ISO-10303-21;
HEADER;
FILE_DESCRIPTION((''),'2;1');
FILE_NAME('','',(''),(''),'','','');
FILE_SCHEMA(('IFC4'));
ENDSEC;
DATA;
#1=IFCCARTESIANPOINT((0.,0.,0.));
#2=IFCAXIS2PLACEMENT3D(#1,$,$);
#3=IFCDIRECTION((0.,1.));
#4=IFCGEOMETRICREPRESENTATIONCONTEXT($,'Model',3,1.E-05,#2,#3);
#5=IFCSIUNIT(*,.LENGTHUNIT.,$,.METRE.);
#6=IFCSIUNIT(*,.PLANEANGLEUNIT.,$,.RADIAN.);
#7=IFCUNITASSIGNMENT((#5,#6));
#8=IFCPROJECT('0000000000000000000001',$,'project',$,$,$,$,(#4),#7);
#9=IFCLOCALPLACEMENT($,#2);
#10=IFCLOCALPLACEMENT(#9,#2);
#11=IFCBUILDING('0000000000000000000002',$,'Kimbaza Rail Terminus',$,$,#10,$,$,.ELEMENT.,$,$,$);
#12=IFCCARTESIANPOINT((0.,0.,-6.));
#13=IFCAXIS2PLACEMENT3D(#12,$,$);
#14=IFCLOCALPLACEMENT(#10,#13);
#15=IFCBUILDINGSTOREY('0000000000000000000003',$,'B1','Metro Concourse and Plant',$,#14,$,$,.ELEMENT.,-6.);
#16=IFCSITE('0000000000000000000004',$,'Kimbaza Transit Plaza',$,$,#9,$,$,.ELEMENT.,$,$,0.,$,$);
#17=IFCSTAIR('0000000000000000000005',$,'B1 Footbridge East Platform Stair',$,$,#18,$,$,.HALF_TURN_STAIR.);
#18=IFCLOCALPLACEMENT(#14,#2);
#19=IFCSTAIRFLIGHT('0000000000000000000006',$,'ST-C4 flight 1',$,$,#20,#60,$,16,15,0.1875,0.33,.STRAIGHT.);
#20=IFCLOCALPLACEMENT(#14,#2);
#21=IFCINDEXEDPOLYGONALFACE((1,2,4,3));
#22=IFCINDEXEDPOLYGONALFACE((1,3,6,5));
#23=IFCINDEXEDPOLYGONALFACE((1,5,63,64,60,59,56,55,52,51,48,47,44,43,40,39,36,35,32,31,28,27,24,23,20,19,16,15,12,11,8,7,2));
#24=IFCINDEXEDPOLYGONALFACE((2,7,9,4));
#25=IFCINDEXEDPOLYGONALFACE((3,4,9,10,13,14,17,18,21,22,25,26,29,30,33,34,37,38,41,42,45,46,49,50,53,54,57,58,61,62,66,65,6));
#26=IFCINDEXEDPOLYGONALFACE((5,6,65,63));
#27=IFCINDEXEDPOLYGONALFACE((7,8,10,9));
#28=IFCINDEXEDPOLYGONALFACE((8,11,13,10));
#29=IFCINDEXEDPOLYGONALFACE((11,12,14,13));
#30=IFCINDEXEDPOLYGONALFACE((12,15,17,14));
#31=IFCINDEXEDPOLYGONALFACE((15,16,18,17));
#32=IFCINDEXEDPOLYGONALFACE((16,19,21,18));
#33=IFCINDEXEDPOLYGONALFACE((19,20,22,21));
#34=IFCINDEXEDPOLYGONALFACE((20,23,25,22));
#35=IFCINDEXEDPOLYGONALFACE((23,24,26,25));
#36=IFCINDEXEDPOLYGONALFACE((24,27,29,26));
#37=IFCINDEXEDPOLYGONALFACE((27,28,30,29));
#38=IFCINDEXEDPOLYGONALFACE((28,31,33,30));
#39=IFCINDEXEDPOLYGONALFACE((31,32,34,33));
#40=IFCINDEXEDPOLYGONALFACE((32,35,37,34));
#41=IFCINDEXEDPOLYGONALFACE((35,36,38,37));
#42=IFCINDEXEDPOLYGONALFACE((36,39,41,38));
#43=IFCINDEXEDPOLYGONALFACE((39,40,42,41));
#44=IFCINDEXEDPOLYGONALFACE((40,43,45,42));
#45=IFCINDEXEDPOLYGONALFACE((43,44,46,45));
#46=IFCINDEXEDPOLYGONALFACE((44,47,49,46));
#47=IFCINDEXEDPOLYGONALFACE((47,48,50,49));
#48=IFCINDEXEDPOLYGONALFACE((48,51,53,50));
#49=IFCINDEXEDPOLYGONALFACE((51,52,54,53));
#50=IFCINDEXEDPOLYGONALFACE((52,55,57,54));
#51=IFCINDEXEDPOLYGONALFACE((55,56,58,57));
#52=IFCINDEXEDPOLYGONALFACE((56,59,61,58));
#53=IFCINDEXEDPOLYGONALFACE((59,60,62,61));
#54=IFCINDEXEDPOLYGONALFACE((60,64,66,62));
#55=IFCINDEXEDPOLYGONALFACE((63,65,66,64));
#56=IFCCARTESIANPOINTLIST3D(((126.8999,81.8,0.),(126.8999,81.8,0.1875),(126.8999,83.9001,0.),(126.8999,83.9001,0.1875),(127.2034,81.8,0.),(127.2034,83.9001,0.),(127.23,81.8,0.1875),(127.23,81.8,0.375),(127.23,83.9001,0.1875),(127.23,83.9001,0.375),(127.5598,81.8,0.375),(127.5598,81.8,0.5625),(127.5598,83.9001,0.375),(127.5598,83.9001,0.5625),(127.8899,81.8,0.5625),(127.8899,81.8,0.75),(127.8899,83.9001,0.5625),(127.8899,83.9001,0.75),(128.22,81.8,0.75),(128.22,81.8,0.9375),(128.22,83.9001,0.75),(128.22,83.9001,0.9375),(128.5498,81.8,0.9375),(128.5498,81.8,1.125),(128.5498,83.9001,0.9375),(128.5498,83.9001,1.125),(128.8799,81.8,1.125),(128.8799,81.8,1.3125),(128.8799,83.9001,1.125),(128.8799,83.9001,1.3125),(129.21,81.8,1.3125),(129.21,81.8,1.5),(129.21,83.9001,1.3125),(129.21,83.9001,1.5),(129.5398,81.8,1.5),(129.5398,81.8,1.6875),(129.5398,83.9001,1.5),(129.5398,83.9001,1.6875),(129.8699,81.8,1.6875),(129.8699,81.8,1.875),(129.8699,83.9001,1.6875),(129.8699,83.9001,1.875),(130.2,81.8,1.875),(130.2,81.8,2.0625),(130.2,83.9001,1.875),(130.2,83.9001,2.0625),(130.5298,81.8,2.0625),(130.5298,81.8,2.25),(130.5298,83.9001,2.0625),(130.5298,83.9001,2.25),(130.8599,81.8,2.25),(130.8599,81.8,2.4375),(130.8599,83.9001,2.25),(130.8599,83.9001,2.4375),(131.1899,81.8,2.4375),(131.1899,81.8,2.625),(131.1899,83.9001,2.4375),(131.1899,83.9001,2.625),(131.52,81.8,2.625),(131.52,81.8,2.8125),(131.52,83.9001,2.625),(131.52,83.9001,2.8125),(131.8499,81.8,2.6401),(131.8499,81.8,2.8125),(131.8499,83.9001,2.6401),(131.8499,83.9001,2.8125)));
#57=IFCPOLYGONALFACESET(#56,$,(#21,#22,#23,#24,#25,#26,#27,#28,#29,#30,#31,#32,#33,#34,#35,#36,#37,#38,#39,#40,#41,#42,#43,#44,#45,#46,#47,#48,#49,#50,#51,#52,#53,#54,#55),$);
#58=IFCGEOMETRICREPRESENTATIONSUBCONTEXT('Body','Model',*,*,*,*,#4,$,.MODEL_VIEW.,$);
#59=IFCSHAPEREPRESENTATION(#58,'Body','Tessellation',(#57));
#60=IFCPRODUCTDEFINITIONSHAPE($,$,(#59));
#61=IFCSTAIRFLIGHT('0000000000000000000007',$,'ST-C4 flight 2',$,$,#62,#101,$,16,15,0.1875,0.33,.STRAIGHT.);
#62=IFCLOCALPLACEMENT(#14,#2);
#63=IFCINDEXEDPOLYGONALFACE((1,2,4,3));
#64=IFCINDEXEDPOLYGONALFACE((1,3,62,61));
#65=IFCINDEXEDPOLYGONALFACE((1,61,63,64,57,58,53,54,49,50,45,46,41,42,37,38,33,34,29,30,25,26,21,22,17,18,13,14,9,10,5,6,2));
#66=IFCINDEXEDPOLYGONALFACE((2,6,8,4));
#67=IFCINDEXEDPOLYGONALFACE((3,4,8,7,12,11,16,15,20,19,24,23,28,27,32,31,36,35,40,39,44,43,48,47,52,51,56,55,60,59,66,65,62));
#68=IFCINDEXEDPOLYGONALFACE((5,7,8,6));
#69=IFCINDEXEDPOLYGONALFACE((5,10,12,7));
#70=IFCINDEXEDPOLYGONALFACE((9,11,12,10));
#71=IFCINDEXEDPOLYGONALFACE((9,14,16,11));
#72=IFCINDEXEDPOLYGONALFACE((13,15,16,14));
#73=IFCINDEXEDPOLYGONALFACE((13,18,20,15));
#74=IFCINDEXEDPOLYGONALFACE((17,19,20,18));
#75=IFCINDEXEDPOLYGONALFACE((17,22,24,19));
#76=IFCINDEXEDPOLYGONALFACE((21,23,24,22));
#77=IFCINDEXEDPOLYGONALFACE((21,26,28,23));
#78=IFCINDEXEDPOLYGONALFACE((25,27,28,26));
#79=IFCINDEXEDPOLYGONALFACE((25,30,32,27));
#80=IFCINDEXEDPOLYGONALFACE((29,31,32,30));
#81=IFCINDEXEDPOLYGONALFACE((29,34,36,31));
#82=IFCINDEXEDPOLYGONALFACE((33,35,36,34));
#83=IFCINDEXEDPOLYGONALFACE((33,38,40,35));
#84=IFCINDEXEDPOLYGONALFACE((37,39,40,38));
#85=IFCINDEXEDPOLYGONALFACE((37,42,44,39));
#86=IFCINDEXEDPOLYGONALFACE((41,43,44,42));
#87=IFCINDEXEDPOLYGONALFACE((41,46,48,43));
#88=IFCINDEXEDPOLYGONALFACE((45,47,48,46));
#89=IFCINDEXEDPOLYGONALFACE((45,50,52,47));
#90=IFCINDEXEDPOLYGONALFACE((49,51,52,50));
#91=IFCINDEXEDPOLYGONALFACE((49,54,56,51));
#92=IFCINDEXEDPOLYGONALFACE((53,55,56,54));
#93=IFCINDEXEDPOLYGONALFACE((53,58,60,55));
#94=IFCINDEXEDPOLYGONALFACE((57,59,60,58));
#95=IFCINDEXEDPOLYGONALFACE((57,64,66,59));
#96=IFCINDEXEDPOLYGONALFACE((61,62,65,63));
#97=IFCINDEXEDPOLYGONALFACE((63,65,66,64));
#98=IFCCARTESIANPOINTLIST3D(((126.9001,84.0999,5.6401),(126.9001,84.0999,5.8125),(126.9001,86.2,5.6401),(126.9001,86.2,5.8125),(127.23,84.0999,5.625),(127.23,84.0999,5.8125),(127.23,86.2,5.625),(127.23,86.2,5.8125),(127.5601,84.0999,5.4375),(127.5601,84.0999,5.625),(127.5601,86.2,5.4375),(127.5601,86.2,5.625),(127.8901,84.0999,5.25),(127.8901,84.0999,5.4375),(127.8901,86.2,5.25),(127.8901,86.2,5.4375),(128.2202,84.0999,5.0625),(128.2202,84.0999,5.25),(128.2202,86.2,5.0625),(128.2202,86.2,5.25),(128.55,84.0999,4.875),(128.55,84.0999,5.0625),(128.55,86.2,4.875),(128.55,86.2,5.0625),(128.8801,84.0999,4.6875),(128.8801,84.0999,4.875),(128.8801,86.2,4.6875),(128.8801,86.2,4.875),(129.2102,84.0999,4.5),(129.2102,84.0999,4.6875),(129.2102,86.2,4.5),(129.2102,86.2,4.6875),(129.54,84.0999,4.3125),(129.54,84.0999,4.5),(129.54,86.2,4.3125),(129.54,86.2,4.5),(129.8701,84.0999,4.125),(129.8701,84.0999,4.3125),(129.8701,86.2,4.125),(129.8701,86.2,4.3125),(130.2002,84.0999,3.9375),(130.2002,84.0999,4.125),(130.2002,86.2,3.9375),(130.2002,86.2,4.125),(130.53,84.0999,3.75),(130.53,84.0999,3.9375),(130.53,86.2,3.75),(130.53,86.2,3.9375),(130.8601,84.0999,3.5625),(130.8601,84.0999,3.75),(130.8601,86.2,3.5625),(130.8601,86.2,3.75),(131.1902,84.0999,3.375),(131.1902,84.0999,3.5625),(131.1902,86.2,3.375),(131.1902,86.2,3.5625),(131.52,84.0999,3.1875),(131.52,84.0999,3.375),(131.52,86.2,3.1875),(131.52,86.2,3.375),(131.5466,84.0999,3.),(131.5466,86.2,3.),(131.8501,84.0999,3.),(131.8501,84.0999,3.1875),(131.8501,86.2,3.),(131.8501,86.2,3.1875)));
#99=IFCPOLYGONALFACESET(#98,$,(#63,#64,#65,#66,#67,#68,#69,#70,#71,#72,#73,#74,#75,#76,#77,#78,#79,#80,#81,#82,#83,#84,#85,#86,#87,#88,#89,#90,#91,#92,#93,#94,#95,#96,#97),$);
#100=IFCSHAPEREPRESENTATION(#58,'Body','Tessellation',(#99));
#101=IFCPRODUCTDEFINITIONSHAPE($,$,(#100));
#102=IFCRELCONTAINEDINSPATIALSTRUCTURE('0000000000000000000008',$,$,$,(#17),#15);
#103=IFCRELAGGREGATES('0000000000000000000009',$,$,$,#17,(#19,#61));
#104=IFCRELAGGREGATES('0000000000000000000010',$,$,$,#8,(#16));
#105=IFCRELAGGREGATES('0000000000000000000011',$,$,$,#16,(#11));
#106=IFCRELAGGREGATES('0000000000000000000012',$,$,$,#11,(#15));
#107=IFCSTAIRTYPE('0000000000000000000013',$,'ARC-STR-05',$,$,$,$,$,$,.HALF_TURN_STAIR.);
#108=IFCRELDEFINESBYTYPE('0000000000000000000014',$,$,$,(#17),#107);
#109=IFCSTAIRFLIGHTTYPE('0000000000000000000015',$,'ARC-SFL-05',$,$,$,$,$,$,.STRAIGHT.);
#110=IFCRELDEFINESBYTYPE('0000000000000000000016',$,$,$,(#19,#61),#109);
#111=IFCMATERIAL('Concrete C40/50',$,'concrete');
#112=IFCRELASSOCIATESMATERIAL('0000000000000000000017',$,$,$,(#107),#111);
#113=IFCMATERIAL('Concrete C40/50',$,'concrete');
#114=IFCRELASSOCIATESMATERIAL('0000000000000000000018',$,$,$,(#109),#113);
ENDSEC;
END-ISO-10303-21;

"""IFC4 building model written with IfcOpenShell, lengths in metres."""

from ifc_helpers import new_model, si_unit, direction, frame, origin, place, context, subcontext, project, spatial, polyline, outline, extrude, material, type_object, element, aggregate, save


model = new_model("IFC4")

# Units and contexts
model_context = context("Model", 3, precision=1e-05, world=origin(), true_north=direction((0.0, 1.0)))
body_context = subcontext(model_context, "Body", "Model", "MODEL_VIEW")
ifc_project = project(units=[si_unit("LENGTHUNIT", "METRE"), si_unit("PLANEANGLEUNIT", "RADIAN")], contexts=[model_context])

# Site, building, storey
site_placement = place(None, origin())
site = spatial("IfcSite", under=ifc_project, at=site_placement, Name="Kimbaza Transit Plaza", CompositionType="ELEMENT", RefElevation=0.0)
building_placement = place(site_placement, origin())
building = spatial("IfcBuilding", under=site, at=building_placement, Name="Kimbaza Rail Terminus", CompositionType="ELEMENT")
storey_placement = place(building_placement, frame((0.0, 0.0, -6.0)))
storey = spatial("IfcBuildingStorey", under=building, at=storey_placement, Name="B1", Description="Metro Concourse and Plant", CompositionType="ELEMENT", Elevation=-6.0)

# Stair, stair flights
ifc_material_1 = material(Name="Concrete C40/50", Category="concrete")
stair_type = type_object("IfcStairType", Name="ARC-STR-05", PredefinedType="HALF_TURN_STAIR", material=ifc_material_1)
stair_placement = place(storey_placement, origin())
stair = element("IfcStair", 1, at=stair_placement, inside=storey, type_object=stair_type, Name="B1 Footbridge East Platform Stair", PredefinedType="HALF_TURN_STAIR")
ifc_material_2 = material(Name="Concrete C40/50", Category="concrete")
stair_flight_type = type_object("IfcStairFlightType", Name="ARC-SFL-05", PredefinedType="STRAIGHT", material=ifc_material_2)
stair_flight_1_placement = place(storey_placement, frame((126.8999, 82.8501, 0.0), z_axis=(0.0, 0.0, 1.0), x_axis=(1.0, 0.0, 0.0)))
stair_flight_1 = element("IfcStairFlight", 2, at=stair_flight_1_placement, type_object=stair_flight_type, Name="ST-C4 flight 1", NumberOfRisers=16, NumberOfTreads=15, PredefinedType="STRAIGHT", RiserHeight=0.1875, TreadLength=0.33, context=body_context, shape_type="SweptSolid", body=[
    extrude(outline(polyline([(0.0, 0.0), (0.0, 0.1875), (0.3301, 0.1875), (0.3301, 0.375), (0.6599, 0.375), (0.6599, 0.5625), (0.99, 0.5625), (0.99, 0.75), (1.3201, 0.75), (1.3201, 0.9375), (1.6499, 0.9375), (1.6499, 1.125), (1.98, 1.125), (1.98, 1.3125), (2.3101, 1.3125), (2.3101, 1.5), (2.6399, 1.5), (2.6399, 1.6875), (2.97, 1.6875), (2.97, 1.875), (3.3, 1.875), (3.3, 2.0625), (3.6299, 2.0625), (3.6299, 2.25), (3.96, 2.25), (3.96, 2.4375), (4.29, 2.4375), (4.29, 2.625), (4.6201, 2.625), (4.6201, 2.8125), (4.95, 2.8125), (4.95, 3.0), (4.95, 2.6401), (0.3035, 0.0), (0.0, 0.0)])), frame((0.0, 1.05, 0.0), z_axis=(0.0, -1.0, 0.0), x_axis=(1.0, 0.0, 0.0)), (0.0, 0.0, 1.0), 2.1001),
])
stair_flight_2_placement = place(storey_placement, frame((131.8501, 85.1499, 3.0), z_axis=(0.0, 0.0, 1.0), x_axis=(-1.0, 0.0, 0.0)))
stair_flight_2 = element("IfcStairFlight", 3, at=stair_flight_2_placement, type_object=stair_flight_type, Name="ST-C4 flight 2", NumberOfRisers=16, NumberOfTreads=15, PredefinedType="STRAIGHT", RiserHeight=0.1875, TreadLength=0.33, context=body_context, shape_type="SweptSolid", body=[
    extrude(outline(polyline([(0.0, 0.0), (0.0, 0.1875), (0.3301, 0.1875), (0.3301, 0.375), (0.6599, 0.375), (0.6599, 0.5625), (0.99, 0.5625), (0.99, 0.75), (1.3201, 0.75), (1.3201, 0.9375), (1.6499, 0.9375), (1.6499, 1.125), (1.98, 1.125), (1.98, 1.3125), (2.3101, 1.3125), (2.3101, 1.5), (2.6399, 1.5), (2.6399, 1.6875), (2.97, 1.6875), (2.97, 1.875), (3.3, 1.875), (3.3, 2.0625), (3.6299, 2.0625), (3.6299, 2.25), (3.96, 2.25), (3.96, 2.4375), (4.29, 2.4375), (4.29, 2.625), (4.6201, 2.625), (4.6201, 2.8125), (4.95, 2.8125), (4.95, 3.0), (4.95, 2.6401), (0.3035, 0.0), (0.0, 0.0)])), frame((0.0, 1.05, 0.0), z_axis=(0.0, -1.0, 0.0), x_axis=(1.0, 0.0, 0.0)), (0.0, 0.0, 1.0), 2.1001),
])
aggregate(stair, [stair_flight_1, stair_flight_2])

save(model, "model.ifc")
